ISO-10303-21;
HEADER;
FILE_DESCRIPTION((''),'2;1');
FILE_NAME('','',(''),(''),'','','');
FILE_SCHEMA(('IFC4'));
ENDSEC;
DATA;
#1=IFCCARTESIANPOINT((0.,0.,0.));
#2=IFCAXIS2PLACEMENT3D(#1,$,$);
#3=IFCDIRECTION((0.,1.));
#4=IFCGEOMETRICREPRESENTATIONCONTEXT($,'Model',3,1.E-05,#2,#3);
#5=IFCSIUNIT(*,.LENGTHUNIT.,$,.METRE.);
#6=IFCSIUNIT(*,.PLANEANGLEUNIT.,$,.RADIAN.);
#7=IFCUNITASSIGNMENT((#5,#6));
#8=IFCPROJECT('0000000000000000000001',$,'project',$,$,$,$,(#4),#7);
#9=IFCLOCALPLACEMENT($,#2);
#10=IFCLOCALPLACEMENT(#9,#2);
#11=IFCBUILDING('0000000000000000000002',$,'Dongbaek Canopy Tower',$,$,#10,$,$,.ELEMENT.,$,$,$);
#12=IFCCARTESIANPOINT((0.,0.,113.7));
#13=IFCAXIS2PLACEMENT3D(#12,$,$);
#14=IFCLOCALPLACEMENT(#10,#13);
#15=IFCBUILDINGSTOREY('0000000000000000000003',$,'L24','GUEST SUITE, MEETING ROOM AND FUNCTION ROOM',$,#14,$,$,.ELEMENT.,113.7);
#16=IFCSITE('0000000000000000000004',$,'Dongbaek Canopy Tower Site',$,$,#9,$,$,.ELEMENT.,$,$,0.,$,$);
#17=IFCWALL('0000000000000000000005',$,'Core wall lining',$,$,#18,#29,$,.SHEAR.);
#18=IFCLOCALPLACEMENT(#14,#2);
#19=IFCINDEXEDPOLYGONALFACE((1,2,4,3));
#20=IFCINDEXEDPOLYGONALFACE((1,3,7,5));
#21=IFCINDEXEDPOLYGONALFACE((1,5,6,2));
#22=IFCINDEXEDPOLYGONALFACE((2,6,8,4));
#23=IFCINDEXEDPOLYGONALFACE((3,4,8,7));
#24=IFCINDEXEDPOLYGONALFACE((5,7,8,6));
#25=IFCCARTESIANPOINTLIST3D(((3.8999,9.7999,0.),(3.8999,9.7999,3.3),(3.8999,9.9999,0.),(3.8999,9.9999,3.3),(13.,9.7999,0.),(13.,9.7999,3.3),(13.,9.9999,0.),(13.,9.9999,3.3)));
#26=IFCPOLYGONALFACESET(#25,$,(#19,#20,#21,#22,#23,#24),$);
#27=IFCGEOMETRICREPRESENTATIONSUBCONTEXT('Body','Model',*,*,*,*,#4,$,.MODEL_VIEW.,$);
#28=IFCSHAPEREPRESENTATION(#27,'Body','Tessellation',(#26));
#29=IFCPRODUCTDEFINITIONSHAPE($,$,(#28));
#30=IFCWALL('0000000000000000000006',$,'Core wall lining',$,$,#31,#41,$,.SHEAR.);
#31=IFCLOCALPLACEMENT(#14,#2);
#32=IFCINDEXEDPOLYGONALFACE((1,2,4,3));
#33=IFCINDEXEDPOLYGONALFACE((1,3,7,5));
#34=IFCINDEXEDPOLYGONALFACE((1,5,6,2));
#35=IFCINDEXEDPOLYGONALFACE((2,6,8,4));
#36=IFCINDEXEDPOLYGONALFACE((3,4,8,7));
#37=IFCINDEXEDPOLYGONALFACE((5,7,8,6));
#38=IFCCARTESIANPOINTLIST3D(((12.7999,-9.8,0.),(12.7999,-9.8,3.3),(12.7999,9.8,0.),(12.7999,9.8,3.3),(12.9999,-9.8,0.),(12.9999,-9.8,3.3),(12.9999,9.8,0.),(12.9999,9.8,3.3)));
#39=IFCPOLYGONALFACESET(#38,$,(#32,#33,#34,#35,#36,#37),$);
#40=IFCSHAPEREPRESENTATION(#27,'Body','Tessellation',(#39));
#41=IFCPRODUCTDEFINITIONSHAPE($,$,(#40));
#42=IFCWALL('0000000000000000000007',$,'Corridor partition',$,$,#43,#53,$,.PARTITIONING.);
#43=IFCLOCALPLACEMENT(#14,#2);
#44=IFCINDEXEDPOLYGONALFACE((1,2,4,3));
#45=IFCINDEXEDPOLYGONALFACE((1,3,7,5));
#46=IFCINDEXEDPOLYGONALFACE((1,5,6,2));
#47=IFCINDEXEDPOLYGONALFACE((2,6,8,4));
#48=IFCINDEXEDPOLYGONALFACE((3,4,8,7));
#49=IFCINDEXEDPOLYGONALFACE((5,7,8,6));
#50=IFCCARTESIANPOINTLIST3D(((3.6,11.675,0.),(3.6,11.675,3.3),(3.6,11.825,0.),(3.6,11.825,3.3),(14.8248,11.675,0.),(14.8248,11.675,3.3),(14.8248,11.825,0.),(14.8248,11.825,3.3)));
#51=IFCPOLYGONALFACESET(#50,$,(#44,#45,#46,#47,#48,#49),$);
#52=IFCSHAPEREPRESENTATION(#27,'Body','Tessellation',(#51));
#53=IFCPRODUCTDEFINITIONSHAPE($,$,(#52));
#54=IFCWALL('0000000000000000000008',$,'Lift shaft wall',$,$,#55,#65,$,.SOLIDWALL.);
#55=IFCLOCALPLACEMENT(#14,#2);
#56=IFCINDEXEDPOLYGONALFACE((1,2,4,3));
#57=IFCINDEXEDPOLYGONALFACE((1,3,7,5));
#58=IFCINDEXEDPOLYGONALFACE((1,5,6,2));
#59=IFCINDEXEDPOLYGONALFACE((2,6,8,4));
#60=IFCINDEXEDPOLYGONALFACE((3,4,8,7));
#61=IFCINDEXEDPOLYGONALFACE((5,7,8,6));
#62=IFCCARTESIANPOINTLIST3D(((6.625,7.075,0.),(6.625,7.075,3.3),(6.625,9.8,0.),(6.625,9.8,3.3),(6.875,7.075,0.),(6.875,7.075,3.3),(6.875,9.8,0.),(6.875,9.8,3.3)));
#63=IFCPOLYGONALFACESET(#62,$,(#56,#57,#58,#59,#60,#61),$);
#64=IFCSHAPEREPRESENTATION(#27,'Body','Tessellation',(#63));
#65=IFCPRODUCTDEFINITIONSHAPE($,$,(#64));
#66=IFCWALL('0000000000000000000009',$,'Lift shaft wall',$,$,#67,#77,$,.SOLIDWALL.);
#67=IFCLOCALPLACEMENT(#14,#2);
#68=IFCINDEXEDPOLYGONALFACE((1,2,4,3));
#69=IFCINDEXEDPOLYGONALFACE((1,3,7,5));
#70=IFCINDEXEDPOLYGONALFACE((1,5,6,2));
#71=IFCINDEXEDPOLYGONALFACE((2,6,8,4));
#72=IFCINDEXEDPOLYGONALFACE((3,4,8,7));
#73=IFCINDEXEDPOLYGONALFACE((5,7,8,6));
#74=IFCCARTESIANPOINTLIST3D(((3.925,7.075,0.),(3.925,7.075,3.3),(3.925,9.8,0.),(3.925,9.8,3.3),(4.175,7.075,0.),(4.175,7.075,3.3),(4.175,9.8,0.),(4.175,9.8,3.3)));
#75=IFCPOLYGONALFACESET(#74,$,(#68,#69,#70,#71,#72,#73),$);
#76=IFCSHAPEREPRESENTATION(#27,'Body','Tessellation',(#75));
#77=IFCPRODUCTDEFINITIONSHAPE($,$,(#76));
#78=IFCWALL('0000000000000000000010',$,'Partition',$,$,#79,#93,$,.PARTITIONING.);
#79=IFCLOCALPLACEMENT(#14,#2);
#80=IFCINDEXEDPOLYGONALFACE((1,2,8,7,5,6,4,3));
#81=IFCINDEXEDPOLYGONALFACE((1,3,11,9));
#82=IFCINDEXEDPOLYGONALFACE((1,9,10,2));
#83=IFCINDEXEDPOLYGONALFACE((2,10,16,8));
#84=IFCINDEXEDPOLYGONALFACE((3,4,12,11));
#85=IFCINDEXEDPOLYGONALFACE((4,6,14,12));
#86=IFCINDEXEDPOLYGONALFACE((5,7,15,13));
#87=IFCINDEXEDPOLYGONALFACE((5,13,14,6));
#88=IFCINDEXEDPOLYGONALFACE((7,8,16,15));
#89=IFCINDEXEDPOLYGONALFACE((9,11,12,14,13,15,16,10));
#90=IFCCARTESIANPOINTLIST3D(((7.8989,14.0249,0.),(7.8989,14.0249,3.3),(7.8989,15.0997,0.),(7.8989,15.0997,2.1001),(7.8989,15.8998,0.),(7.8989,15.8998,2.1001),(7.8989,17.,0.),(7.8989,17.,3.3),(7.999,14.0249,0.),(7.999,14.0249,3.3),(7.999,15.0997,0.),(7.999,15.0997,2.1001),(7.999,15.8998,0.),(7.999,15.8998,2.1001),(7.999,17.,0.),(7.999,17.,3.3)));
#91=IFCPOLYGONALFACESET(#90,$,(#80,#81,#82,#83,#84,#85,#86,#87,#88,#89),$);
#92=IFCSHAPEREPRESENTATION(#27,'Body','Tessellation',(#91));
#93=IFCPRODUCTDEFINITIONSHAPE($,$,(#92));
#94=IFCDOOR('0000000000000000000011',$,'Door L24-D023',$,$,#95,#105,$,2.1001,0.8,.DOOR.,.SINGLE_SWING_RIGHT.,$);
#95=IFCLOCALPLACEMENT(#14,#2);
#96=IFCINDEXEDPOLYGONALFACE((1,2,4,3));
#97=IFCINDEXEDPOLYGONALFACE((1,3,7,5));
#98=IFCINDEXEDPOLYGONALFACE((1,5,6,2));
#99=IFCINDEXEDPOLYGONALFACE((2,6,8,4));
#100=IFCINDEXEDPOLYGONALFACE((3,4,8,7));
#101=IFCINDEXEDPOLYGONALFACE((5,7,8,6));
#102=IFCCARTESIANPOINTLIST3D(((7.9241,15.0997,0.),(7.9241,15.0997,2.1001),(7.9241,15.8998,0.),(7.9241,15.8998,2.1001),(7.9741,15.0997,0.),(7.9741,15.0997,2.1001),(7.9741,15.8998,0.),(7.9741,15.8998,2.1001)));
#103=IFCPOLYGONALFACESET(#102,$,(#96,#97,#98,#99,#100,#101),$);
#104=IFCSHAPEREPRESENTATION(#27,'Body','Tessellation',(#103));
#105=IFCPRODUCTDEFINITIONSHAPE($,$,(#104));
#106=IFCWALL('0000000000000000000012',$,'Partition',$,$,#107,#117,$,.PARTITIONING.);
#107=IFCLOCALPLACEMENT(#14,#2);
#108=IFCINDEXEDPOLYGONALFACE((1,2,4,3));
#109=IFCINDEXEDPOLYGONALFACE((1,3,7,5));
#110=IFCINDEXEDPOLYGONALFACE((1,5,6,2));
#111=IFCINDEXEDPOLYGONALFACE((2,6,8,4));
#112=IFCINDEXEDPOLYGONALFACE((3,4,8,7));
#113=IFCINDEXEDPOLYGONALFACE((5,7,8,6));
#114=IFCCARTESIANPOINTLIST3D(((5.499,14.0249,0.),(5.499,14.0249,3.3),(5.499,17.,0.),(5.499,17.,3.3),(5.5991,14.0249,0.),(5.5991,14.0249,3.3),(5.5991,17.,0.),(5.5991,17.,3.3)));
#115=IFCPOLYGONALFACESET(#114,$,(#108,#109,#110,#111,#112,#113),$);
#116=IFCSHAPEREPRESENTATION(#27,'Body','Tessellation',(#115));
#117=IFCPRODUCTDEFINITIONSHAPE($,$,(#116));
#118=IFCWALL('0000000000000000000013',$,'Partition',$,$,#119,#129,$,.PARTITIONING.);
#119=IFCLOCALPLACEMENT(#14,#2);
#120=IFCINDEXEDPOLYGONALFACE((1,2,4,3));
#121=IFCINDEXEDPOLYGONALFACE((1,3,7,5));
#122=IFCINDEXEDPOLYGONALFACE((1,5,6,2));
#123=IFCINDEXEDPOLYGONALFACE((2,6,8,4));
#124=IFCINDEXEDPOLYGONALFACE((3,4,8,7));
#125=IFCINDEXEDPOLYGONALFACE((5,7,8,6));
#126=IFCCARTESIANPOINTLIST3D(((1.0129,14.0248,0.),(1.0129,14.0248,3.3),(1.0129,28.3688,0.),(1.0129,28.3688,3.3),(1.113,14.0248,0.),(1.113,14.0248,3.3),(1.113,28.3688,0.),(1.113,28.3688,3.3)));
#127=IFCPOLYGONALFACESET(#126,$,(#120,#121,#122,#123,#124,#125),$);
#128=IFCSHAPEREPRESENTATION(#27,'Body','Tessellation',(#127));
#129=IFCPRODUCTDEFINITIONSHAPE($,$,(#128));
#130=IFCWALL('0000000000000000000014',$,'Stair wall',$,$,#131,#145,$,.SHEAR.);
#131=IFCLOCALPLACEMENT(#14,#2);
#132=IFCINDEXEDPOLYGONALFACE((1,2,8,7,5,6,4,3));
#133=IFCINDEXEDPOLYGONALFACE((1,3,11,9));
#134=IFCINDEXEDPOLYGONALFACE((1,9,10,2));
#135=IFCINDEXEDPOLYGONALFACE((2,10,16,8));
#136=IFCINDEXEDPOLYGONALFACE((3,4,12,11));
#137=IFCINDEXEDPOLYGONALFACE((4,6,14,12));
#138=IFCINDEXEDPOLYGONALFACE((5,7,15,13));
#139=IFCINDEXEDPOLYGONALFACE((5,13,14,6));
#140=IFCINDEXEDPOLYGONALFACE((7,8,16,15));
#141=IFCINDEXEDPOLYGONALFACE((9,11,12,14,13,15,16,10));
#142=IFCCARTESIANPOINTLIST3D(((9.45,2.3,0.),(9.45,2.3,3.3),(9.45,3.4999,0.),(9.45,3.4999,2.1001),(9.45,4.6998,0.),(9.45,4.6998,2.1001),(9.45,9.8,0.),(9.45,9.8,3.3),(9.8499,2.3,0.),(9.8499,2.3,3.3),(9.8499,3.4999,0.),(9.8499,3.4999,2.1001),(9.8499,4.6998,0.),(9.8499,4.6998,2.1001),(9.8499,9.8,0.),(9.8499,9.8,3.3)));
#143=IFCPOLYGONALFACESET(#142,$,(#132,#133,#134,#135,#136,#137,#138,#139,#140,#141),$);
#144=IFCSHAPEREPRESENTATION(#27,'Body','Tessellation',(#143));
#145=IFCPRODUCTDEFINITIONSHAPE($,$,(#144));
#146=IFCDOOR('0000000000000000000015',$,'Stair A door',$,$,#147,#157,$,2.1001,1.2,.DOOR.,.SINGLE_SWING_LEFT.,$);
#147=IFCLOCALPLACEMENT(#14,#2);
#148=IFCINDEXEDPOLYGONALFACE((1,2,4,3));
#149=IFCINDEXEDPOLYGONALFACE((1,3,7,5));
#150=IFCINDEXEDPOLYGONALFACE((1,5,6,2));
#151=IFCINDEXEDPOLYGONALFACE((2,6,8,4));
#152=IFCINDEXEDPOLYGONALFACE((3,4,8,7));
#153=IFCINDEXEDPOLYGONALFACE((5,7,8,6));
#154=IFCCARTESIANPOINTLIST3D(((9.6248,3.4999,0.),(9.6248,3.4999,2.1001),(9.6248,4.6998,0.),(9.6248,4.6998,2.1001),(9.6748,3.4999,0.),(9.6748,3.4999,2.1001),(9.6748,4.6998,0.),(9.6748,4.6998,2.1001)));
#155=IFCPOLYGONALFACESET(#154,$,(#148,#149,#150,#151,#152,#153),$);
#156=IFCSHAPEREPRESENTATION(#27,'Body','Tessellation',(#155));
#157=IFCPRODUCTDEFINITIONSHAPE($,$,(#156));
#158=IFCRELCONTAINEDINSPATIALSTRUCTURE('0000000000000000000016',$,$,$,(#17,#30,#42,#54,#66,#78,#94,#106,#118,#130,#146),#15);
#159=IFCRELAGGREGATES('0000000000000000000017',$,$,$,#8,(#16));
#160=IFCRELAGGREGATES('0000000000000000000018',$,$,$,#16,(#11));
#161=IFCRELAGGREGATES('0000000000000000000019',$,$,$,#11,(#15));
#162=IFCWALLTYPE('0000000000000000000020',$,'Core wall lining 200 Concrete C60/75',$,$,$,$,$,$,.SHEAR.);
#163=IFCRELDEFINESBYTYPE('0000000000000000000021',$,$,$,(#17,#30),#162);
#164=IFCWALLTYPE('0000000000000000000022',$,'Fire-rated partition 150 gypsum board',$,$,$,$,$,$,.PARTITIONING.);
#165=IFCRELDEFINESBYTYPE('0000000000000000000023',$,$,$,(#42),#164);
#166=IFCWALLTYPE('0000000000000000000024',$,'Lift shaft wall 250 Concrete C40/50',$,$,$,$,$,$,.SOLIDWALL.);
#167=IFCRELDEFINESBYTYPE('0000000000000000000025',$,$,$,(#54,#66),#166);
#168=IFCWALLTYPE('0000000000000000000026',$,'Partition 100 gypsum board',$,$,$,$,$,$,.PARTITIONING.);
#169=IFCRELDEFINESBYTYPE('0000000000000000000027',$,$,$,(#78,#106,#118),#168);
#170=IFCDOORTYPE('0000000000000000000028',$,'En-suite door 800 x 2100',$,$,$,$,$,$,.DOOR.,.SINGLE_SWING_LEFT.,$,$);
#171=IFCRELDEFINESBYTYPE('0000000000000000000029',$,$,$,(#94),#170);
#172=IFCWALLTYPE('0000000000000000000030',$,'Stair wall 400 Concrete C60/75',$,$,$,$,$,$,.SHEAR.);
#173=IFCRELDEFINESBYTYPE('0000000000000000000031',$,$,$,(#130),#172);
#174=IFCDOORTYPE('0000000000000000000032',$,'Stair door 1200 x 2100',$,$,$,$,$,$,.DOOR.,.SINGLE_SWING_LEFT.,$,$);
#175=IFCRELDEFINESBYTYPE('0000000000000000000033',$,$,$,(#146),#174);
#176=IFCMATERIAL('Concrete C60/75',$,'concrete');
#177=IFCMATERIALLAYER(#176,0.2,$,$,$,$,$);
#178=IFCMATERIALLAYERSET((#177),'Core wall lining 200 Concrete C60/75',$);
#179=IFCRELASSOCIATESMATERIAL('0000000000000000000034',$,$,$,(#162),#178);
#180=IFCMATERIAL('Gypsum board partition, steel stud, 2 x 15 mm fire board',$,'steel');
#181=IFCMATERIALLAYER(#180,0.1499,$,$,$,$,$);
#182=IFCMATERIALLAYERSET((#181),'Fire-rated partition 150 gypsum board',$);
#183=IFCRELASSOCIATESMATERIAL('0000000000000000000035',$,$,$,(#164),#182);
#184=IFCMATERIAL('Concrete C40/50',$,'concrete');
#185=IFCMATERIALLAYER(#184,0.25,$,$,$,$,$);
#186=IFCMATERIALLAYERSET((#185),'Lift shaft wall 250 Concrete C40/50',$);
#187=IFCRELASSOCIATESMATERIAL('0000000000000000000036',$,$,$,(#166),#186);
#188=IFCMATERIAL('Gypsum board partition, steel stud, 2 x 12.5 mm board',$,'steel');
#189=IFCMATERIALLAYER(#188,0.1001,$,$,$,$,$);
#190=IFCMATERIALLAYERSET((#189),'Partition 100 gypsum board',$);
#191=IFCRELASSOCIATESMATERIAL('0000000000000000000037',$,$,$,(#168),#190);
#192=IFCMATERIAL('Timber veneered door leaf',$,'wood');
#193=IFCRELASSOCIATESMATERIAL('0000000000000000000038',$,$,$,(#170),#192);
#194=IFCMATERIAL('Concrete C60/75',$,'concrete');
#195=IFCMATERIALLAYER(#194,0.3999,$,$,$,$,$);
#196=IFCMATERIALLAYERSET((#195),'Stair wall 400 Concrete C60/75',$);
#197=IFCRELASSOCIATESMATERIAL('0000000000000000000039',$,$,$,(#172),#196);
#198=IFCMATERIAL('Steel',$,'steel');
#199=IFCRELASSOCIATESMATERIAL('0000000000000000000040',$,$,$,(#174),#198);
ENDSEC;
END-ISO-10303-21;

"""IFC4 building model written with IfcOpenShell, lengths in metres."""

from ifc_helpers import new_model, si_unit, direction, frame, frame_2d, origin, place, context, subcontext, project, spatial, rectangle, extrude, material, layer, layer_set, type_object, element, fill, save


model = new_model("IFC4")

# Units and contexts
model_context = context("Model", 3, precision=1e-05, world=origin(), true_north=direction((0.0, 1.0)))
body_context = subcontext(model_context, "Body", "Model", "MODEL_VIEW")
ifc_project = project(units=[si_unit("LENGTHUNIT", "METRE"), si_unit("PLANEANGLEUNIT", "RADIAN")], contexts=[model_context])

# Site, building, storey
site_placement = place(None, origin())
site = spatial("IfcSite", under=ifc_project, at=site_placement, Name="Dongbaek Canopy Tower Site", CompositionType="ELEMENT", RefElevation=0.0)
building_placement = place(site_placement, origin())
building = spatial("IfcBuilding", under=site, at=building_placement, Name="Dongbaek Canopy Tower", CompositionType="ELEMENT")
storey_placement = place(building_placement, frame((0.0, 0.0, 113.7)))
storey = spatial("IfcBuildingStorey", under=building, at=storey_placement, Name="L24", Description="GUEST SUITE, MEETING ROOM AND FUNCTION ROOM", CompositionType="ELEMENT", Elevation=113.7)

# Walls
ifc_material_1 = material(Name="Concrete C60/75", Category="concrete")
ifc_layer_1 = layer(ifc_material_1, 0.2)
ifc_layer_set_1 = layer_set([ifc_layer_1], Name="Core wall lining 200 Concrete C60/75")
wall_type_1 = type_object("IfcWallType", Name="Core wall lining 200 Concrete C60/75", PredefinedType="SHEAR", material=ifc_layer_set_1)
wall_1_placement = place(storey_placement, frame((3.8999, 9.8999, 0.0), z_axis=(0.0, 0.0, 1.0), x_axis=(1.0, 0.0, 0.0)))
element("IfcWall", 1, at=wall_1_placement, inside=storey, type_object=wall_type_1, Name="Core wall lining", PredefinedType="SHEAR", context=body_context, shape_type="SweptSolid", body=[
    extrude(rectangle(XDim=9.1001, YDim=0.2, at=frame_2d((4.55, 0.0))), origin(), (0.0, 0.0, 1.0), 3.3),
])
wall_2_placement = place(storey_placement, frame((12.8999, 9.8, 0.0), z_axis=(0.0, 0.0, 1.0), x_axis=(0.0, -1.0, 0.0)))
element("IfcWall", 2, at=wall_2_placement, inside=storey, type_object=wall_type_1, Name="Core wall lining", PredefinedType="SHEAR", context=body_context, shape_type="SweptSolid", body=[
    extrude(rectangle(XDim=19.6001, YDim=0.2, at=frame_2d((9.8, 0.0))), origin(), (0.0, 0.0, 1.0), 3.3),
])
ifc_material_2 = material(Name="Gypsum board partition, steel stud, 2 x 15 mm fire board", Category="steel")
ifc_layer_2 = layer(ifc_material_2, 0.1499)
ifc_layer_set_2 = layer_set([ifc_layer_2], Name="Fire-rated partition 150 gypsum board")
wall_type_2 = type_object("IfcWallType", Name="Fire-rated partition 150 gypsum board", PredefinedType="PARTITIONING", material=ifc_layer_set_2)
wall_3_placement = place(storey_placement, frame((3.6001, 11.75, 0.0), z_axis=(0.0, 0.0, 1.0), x_axis=(1.0, 0.0, 0.0)))
element("IfcWall", 3, at=wall_3_placement, inside=storey, type_object=wall_type_2, Name="Corridor partition", PredefinedType="PARTITIONING", context=body_context, shape_type="SweptSolid", body=[
    extrude(rectangle(XDim=11.2249, YDim=0.1499, at=frame_2d((5.6123, 0.0))), origin(), (0.0, 0.0, 1.0), 3.3),
])
ifc_material_3 = material(Name="Concrete C40/50", Category="concrete")
ifc_layer_3 = layer(ifc_material_3, 0.25)
ifc_layer_set_3 = layer_set([ifc_layer_3], Name="Lift shaft wall 250 Concrete C40/50")
wall_type_3 = type_object("IfcWallType", Name="Lift shaft wall 250 Concrete C40/50", PredefinedType="SOLIDWALL", material=ifc_layer_set_3)
for number, where, z_axis, x_axis, name in (
    (4, (6.75, 7.075, 0.0), (0.0, 0.0, 1.0), (0.0, 1.0, 0.0), "Lift shaft wall"),
    (5, (4.05, 7.075, 0.0), (0.0, 0.0, 1.0), (0.0, 1.0, 0.0), "Lift shaft wall"),
):
    element("IfcWall", number, at=place(storey_placement, frame(where, z_axis=z_axis, x_axis=x_axis)), inside=storey, type_object=wall_type_3, Name=name, PredefinedType="SOLIDWALL", context=body_context, shape_type="SweptSolid", body=[
        extrude(rectangle(XDim=2.7251, YDim=0.25, at=frame_2d((1.3625, 0.0))), origin(), (0.0, 0.0, 1.0), 3.3),
    ])

# Wall, opening, door
ifc_material_4 = material(Name="Gypsum board partition, steel stud, 2 x 12.5 mm board", Category="steel")
ifc_layer_4 = layer(ifc_material_4, 0.1001)
ifc_layer_set_4 = layer_set([ifc_layer_4], Name="Partition 100 gypsum board")
wall_type_4 = type_object("IfcWallType", Name="Partition 100 gypsum board", PredefinedType="PARTITIONING", material=ifc_layer_set_4)
wall_4_placement = place(storey_placement, frame((7.949, 14.0249, 0.0), z_axis=(0.0, 0.0, 1.0), x_axis=(0.0, 1.0, 0.0)))
wall_4 = element("IfcWall", 6, at=wall_4_placement, inside=storey, type_object=wall_type_4, Name="Partition", PredefinedType="PARTITIONING", context=body_context, shape_type="SweptSolid", body=[
    extrude(rectangle(XDim=2.9751, YDim=0.1001, at=frame_2d((1.4875, 0.0))), origin(), (0.0, 0.0, 1.0), 3.3),
])
opening_1_placement = place(wall_4_placement, frame((1.075, 0.0, 0.0)))
opening_1 = element("IfcOpeningElement", 7, at=opening_1_placement, cuts=wall_4, PredefinedType="OPENING", context=body_context, shape_type="SweptSolid", body=[
    extrude(rectangle(XDim=0.8, YDim=2.1001, at=frame_2d((0.3999, 1.05))), frame((0.0, 0.0601, 0.0), z_axis=(0.0, -1.0, 0.0), x_axis=(1.0, 0.0, 0.0)), (0.0, 0.0, 1.0), 0.1201),
])
ifc_material_5 = material(Name="Timber veneered door leaf", Category="wood")
door_type_1 = type_object("IfcDoorType", Name="En-suite door 800 x 2100", OperationType="SINGLE_SWING_LEFT", PredefinedType="DOOR", material=ifc_material_5)
door_1_placement = place(opening_1_placement, origin())
door_1 = element("IfcDoor", 8, at=door_1_placement, inside=storey, type_object=door_type_1, Name="Door L24-D023", OperationType="SINGLE_SWING_RIGHT", OverallHeight=2.1001, OverallWidth=0.8, PredefinedType="DOOR", context=body_context, shape_type="SweptSolid", body=[
    extrude(rectangle(XDim=0.8, YDim=2.1001, at=frame_2d((0.3999, 1.05))), frame((0.0, 0.0249, 0.0), z_axis=(0.0, -1.0, 0.0), x_axis=(1.0, 0.0, 0.0)), (0.0, 0.0, 1.0), 0.05),
])
fill(opening_1, door_1)

# Walls
wall_5_placement = place(storey_placement, frame((5.5491, 14.0249, 0.0), z_axis=(0.0, 0.0, 1.0), x_axis=(0.0, 1.0, 0.0)))
element("IfcWall", 9, at=wall_5_placement, inside=storey, type_object=wall_type_4, Name="Partition", PredefinedType="PARTITIONING", context=body_context, shape_type="SweptSolid", body=[
    extrude(rectangle(XDim=2.9751, YDim=0.1001, at=frame_2d((1.4875, 0.0))), origin(), (0.0, 0.0, 1.0), 3.3),
])
wall_6_placement = place(storey_placement, frame((1.063, 14.0249, 0.0), z_axis=(0.0, 0.0, 1.0), x_axis=(0.0, 1.0, 0.0)))
element("IfcWall", 10, at=wall_6_placement, inside=storey, type_object=wall_type_4, Name="Partition", PredefinedType="PARTITIONING", context=body_context, shape_type="SweptSolid", body=[
    extrude(rectangle(XDim=14.344, YDim=0.1001, at=frame_2d((7.1719, 0.0))), origin(), (0.0, 0.0, 1.0), 3.3),
])

# Wall, opening, door
ifc_material_6 = material(Name="Concrete C60/75", Category="concrete")
ifc_layer_5 = layer(ifc_material_6, 0.3999)
ifc_layer_set_5 = layer_set([ifc_layer_5], Name="Stair wall 400 Concrete C60/75")
wall_type_5 = type_object("IfcWallType", Name="Stair wall 400 Concrete C60/75", PredefinedType="SHEAR", material=ifc_layer_set_5)
wall_7_placement = place(storey_placement, frame((9.6499, 9.8, 0.0), z_axis=(0.0, 0.0, 1.0), x_axis=(0.0, -1.0, 0.0)))
wall_7 = element("IfcWall", 11, at=wall_7_placement, inside=storey, type_object=wall_type_5, Name="Stair wall", PredefinedType="SHEAR", context=body_context, shape_type="SweptSolid", body=[
    extrude(rectangle(XDim=7.5, YDim=0.3999, at=frame_2d((3.75, 0.0))), origin(), (0.0, 0.0, 1.0), 3.3),
])
opening_2_placement = place(wall_7_placement, frame((5.1001, 0.0, 0.0)))
opening_2 = element("IfcOpeningElement", 12, at=opening_2_placement, cuts=wall_7, PredefinedType="OPENING", context=body_context, shape_type="SweptSolid", body=[
    extrude(rectangle(XDim=1.2, YDim=2.1001, at=frame_2d((0.6001, 1.05))), frame((0.0, 0.21, 0.0), z_axis=(0.0, -1.0, 0.0), x_axis=(1.0, 0.0, 0.0)), (0.0, 0.0, 1.0), 0.4199),
])
ifc_material_7 = material(Name="Steel", Category="steel")
door_type_2 = type_object("IfcDoorType", Name="Stair door 1200 x 2100", OperationType="SINGLE_SWING_LEFT", PredefinedType="DOOR", material=ifc_material_7)
door_2_placement = place(opening_2_placement, origin())
door_2 = element("IfcDoor", 13, at=door_2_placement, inside=storey, type_object=door_type_2, Name="Stair A door", OperationType="SINGLE_SWING_LEFT", OverallHeight=2.1001, OverallWidth=1.2, PredefinedType="DOOR", context=body_context, shape_type="SweptSolid", body=[
    extrude(rectangle(XDim=1.2, YDim=2.1001, at=frame_2d((0.6001, 1.05))), frame((0.0, 0.0249, 0.0), z_axis=(0.0, -1.0, 0.0), x_axis=(1.0, 0.0, 0.0)), (0.0, 0.0, 1.0), 0.05),
])
fill(opening_2, door_2)

save(model, "model.ifc")
